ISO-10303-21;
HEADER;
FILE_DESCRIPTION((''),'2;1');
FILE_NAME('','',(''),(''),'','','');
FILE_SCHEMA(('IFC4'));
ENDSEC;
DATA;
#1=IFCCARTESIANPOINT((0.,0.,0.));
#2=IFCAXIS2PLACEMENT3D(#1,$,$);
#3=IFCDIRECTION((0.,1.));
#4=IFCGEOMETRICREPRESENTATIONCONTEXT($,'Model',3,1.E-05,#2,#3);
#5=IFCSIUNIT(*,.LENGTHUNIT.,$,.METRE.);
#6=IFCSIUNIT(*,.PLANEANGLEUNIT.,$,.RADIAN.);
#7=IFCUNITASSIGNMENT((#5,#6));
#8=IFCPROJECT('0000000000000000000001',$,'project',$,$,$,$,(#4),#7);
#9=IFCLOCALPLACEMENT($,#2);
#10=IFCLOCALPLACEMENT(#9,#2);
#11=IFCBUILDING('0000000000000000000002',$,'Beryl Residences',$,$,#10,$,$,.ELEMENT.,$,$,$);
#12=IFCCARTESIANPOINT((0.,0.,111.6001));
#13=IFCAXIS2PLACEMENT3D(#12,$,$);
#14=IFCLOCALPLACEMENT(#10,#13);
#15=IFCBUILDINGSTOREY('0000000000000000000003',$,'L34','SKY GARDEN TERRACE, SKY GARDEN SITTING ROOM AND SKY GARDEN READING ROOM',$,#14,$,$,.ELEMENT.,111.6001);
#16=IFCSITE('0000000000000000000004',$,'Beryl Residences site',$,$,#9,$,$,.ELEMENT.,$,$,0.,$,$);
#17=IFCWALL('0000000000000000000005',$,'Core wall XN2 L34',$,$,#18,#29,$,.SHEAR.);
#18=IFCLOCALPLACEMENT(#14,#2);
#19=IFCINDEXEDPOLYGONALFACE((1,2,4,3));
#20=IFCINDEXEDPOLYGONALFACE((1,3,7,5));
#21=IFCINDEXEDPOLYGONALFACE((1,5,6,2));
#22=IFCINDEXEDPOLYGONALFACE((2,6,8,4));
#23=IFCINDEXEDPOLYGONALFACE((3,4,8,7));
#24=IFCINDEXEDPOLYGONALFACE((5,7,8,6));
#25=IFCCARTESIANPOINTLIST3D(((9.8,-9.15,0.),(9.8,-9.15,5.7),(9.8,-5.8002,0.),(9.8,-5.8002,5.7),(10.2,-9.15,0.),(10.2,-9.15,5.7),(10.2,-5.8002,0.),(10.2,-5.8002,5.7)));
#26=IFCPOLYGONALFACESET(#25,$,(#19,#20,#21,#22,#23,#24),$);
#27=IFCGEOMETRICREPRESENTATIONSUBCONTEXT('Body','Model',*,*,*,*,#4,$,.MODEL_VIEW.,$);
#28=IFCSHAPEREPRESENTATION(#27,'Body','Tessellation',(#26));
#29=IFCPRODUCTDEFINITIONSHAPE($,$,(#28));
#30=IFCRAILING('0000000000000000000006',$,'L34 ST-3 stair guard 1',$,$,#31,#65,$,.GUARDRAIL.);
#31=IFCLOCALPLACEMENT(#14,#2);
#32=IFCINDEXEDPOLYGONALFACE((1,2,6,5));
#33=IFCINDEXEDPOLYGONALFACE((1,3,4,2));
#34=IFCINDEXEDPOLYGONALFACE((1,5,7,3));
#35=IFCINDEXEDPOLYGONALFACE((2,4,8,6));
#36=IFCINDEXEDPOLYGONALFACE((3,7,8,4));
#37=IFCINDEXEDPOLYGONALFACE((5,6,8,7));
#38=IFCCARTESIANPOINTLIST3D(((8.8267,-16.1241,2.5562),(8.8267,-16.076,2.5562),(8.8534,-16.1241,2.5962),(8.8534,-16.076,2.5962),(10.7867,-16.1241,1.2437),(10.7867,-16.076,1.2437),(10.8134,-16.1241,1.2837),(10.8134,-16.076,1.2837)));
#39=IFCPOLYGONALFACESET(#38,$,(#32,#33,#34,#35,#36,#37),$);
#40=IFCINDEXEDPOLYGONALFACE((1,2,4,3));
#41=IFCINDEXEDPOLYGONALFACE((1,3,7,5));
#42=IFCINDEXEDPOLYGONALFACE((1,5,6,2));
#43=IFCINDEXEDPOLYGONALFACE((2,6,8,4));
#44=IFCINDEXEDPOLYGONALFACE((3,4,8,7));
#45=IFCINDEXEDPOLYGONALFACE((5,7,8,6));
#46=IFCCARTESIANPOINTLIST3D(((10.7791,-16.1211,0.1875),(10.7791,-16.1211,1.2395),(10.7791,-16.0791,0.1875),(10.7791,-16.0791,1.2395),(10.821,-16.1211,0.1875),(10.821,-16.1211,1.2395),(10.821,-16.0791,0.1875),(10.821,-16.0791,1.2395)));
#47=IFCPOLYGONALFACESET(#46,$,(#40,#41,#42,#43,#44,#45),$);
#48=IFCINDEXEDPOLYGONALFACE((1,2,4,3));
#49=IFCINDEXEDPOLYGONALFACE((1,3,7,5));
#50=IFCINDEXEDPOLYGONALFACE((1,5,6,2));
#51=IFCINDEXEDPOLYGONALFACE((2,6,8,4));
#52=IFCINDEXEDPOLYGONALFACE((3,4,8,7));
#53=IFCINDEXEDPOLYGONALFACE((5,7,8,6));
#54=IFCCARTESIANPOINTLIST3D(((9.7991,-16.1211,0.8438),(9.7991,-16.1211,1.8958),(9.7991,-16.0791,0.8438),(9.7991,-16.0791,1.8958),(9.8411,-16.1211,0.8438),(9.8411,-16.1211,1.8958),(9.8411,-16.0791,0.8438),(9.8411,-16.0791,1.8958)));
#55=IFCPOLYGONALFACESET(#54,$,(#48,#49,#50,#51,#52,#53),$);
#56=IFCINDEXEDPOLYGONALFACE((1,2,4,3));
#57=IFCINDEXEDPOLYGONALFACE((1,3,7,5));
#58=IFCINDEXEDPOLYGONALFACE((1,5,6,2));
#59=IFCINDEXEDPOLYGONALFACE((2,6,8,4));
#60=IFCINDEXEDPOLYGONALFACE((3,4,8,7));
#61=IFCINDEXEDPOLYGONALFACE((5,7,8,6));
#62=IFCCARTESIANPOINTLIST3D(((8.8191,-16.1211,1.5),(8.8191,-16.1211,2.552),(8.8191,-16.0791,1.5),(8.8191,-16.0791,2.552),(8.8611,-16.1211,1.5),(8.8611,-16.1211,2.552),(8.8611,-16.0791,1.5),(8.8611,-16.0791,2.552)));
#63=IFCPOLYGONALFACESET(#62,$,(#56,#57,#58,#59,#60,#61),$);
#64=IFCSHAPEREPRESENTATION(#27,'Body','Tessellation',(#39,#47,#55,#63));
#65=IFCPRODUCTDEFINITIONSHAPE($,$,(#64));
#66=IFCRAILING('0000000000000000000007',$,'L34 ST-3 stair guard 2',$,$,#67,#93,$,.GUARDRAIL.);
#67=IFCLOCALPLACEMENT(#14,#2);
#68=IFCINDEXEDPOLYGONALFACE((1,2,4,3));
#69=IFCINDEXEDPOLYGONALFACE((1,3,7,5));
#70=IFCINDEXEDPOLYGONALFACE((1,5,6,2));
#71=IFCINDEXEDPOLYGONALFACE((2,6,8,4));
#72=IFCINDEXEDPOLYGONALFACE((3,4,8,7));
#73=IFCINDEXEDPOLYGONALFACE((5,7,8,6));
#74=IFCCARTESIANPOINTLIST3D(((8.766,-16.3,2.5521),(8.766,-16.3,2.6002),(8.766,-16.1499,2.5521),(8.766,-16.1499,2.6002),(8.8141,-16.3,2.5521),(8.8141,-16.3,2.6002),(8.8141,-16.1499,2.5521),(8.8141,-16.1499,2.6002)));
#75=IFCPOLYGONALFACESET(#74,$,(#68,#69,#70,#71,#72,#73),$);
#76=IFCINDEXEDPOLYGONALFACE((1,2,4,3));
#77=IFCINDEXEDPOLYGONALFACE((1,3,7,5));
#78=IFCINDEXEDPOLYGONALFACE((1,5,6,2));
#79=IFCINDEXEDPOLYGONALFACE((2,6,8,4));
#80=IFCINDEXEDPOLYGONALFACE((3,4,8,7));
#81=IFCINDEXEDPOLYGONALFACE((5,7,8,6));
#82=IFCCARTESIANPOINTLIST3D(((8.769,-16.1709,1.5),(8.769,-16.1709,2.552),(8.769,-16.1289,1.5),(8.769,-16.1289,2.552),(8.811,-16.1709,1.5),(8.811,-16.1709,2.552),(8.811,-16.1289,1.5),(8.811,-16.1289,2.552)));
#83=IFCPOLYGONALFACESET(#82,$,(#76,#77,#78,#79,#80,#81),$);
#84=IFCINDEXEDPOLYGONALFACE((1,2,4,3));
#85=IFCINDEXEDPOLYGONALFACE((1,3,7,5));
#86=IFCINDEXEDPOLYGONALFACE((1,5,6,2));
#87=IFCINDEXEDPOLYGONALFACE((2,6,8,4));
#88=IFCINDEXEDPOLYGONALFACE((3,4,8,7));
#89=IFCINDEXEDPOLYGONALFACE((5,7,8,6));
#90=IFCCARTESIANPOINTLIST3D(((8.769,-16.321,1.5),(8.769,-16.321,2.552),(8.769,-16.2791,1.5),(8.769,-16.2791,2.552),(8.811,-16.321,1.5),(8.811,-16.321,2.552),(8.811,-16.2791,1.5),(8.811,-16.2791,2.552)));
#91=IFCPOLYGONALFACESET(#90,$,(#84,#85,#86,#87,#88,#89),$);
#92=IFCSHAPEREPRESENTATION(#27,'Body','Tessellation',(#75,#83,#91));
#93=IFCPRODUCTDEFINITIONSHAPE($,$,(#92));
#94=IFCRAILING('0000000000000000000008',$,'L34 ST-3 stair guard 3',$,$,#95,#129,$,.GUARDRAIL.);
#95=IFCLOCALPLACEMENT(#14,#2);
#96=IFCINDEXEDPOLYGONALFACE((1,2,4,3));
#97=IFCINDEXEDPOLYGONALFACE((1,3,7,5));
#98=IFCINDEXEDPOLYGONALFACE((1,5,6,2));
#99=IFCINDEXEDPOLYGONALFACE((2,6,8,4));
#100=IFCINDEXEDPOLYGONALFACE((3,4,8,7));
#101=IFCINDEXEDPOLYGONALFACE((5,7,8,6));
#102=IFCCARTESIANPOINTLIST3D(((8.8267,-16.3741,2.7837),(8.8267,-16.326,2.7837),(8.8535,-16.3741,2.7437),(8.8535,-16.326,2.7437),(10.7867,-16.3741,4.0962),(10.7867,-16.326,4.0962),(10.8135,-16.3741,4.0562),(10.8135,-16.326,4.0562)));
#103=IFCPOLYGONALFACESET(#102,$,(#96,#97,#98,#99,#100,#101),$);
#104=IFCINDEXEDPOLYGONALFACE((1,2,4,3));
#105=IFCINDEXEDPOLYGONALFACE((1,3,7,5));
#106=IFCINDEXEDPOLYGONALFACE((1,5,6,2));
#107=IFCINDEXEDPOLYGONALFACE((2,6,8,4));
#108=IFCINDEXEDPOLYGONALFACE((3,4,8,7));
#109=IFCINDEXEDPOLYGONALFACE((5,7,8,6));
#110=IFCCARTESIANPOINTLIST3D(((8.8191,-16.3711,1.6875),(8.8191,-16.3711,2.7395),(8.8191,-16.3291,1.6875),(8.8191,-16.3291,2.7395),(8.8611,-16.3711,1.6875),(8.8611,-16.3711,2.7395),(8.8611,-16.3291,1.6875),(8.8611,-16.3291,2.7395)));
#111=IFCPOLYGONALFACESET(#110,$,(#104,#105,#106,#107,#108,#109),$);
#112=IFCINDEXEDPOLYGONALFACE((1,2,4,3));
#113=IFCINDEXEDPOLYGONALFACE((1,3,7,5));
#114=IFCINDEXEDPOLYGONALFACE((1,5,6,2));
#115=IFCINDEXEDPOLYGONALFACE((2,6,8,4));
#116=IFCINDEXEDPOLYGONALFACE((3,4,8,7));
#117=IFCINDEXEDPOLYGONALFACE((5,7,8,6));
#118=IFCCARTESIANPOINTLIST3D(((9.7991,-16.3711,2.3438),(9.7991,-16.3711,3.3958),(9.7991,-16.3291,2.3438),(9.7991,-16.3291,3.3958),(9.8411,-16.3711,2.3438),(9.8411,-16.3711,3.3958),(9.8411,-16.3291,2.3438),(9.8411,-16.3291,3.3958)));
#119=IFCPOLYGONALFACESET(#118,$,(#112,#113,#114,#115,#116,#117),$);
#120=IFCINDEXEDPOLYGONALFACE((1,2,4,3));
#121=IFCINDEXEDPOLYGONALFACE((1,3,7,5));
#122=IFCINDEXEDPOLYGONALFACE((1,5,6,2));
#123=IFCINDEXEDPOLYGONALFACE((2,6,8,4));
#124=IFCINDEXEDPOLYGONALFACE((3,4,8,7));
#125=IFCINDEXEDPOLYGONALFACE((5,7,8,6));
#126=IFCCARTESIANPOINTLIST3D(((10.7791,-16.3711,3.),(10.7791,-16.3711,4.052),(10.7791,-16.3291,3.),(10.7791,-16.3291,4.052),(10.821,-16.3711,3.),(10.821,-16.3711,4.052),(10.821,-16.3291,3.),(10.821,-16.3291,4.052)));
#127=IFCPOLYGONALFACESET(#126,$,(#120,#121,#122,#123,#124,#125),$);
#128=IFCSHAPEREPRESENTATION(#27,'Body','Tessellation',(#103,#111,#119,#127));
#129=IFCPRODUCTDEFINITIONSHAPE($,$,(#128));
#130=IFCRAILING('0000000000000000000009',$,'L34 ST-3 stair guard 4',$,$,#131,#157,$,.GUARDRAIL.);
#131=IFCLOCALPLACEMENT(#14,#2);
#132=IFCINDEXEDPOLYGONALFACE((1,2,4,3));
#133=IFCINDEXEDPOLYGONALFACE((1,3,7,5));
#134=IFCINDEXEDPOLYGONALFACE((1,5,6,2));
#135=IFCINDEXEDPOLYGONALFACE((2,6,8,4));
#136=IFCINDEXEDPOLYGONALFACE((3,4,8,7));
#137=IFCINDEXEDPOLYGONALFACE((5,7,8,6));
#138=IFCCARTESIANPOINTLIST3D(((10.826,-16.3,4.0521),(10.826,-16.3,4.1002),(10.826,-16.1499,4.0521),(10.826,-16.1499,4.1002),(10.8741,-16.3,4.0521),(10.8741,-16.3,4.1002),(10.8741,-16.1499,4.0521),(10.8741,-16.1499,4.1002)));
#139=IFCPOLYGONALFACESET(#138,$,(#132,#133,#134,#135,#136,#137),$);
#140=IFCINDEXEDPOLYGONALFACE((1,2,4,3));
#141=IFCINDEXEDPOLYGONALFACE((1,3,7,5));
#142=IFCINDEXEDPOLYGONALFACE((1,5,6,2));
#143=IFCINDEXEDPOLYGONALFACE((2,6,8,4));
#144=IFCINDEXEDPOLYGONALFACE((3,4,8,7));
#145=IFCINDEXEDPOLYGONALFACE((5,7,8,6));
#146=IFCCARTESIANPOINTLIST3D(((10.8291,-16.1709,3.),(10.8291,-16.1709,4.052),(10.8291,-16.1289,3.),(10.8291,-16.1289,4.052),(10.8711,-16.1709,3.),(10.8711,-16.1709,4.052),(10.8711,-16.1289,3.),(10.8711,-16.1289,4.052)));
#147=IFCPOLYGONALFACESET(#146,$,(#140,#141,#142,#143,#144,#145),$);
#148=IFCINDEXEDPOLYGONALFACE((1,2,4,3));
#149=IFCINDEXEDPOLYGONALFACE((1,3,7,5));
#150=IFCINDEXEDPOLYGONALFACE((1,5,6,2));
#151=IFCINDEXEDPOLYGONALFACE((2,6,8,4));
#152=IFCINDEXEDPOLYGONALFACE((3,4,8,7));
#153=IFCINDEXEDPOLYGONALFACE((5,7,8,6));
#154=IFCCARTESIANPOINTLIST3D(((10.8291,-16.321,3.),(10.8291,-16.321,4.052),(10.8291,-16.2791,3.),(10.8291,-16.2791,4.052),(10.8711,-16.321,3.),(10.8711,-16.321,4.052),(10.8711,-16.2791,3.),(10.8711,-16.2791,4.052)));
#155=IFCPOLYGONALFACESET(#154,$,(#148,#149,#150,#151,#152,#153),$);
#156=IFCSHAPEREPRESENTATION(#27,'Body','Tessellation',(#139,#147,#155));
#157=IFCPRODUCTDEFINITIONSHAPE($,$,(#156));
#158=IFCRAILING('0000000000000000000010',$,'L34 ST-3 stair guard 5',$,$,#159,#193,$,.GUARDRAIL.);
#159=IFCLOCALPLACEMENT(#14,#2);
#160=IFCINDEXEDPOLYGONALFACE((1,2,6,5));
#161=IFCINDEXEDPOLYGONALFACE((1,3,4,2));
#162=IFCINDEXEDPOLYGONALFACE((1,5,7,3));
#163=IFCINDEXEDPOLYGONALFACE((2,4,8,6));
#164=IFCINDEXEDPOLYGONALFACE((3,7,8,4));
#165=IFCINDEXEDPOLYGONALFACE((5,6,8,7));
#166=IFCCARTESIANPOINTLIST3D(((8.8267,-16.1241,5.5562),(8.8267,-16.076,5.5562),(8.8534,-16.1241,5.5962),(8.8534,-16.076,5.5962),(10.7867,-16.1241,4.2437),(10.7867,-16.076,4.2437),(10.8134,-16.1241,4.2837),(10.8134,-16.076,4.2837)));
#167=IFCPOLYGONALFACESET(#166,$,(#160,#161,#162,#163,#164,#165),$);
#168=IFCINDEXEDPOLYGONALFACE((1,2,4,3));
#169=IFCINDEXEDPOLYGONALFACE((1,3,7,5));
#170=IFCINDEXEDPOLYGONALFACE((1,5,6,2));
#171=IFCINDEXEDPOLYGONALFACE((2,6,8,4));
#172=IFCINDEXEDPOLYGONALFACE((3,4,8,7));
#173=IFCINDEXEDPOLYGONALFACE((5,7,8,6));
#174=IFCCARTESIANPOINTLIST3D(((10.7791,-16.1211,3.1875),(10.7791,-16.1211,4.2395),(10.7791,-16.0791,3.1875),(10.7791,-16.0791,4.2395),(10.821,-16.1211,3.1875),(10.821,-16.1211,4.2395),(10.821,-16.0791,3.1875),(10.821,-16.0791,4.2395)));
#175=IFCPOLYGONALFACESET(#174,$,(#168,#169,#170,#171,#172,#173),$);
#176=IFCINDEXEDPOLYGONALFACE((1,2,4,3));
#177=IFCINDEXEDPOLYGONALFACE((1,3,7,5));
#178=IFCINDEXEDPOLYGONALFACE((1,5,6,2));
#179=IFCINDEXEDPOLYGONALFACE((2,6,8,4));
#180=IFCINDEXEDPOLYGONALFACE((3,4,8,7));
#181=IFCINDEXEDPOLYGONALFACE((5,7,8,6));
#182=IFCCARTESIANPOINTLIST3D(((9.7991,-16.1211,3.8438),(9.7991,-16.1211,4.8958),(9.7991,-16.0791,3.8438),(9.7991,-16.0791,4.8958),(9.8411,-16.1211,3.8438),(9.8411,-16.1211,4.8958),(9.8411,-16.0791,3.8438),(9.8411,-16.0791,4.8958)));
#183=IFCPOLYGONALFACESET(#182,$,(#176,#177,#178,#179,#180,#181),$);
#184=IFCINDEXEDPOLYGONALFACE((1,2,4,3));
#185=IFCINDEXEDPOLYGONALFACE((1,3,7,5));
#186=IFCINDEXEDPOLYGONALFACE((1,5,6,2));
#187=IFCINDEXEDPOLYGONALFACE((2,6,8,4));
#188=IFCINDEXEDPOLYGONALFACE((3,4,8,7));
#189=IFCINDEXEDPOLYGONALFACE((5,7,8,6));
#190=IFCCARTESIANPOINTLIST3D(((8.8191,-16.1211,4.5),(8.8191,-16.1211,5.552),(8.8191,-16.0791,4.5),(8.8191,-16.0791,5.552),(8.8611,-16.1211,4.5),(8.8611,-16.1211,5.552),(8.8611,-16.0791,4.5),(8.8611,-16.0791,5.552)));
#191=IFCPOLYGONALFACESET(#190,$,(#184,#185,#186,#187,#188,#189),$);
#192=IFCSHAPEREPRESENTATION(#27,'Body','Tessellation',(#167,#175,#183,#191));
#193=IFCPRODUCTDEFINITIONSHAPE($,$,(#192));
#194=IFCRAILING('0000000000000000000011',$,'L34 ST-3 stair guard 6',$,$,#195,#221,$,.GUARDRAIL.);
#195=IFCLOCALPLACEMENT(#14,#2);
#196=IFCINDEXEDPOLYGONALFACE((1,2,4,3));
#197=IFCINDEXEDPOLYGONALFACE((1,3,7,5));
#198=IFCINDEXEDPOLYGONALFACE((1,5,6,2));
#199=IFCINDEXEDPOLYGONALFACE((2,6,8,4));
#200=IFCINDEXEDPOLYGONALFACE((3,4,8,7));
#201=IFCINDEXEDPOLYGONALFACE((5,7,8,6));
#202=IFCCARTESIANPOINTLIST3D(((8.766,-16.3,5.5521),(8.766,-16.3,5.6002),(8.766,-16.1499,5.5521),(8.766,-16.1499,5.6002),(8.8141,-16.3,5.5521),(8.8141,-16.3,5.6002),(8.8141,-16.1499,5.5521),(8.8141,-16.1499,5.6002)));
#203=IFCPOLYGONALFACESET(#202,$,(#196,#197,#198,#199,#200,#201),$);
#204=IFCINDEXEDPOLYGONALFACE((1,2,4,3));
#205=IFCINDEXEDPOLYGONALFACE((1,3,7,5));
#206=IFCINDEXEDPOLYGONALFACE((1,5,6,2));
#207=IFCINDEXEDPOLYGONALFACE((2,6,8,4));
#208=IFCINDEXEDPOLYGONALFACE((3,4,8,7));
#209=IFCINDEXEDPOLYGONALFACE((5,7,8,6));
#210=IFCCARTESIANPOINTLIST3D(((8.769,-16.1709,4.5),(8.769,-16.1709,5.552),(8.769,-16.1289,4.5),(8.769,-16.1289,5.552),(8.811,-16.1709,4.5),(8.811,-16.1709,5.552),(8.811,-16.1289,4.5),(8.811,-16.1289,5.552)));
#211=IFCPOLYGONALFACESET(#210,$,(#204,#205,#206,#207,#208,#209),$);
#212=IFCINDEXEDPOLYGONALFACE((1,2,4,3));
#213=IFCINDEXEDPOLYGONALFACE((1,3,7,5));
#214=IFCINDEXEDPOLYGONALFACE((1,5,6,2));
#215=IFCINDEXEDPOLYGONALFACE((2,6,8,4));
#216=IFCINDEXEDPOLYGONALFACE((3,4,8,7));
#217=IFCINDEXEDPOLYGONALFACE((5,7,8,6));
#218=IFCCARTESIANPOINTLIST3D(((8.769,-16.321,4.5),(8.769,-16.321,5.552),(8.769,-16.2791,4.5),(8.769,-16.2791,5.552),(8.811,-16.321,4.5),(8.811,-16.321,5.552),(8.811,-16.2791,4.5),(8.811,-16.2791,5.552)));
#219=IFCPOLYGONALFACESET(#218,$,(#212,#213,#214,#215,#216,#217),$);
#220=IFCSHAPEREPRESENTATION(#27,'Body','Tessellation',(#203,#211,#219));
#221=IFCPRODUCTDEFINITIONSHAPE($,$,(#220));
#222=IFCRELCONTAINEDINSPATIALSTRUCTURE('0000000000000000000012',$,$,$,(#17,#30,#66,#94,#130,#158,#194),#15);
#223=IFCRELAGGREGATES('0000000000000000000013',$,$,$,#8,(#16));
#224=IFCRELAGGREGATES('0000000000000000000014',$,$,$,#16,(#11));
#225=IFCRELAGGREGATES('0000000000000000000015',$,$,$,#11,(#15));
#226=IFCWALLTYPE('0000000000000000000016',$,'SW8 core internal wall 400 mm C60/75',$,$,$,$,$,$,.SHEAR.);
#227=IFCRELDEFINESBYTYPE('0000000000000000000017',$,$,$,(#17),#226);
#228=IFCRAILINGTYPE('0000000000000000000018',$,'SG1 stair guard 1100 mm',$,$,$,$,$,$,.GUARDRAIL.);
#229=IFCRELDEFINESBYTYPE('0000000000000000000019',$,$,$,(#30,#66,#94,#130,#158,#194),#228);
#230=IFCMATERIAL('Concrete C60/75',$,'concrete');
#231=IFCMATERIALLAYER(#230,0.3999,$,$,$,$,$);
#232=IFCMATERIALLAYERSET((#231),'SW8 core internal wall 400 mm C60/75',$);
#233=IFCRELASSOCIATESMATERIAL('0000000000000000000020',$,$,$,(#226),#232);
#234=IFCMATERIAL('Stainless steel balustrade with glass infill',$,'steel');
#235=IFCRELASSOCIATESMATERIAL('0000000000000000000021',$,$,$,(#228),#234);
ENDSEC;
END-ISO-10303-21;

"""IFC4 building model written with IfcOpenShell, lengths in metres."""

from ifc_helpers import new_model, si_unit, direction, frame, frame_2d, origin, origin_2d, place, context, subcontext, project, spatial, rectangle, extrude, material, layer, layer_set, type_object, element, save


model = new_model("IFC4")

# Units and contexts
model_context = context("Model", 3, precision=1e-05, world=origin(), true_north=direction((0.0, 1.0)))
body_context = subcontext(model_context, "Body", "Model", "MODEL_VIEW")
ifc_project = project(units=[si_unit("LENGTHUNIT", "METRE"), si_unit("PLANEANGLEUNIT", "RADIAN")], contexts=[model_context])

# Site, building, storey
site_placement = place(None, origin())
site = spatial("IfcSite", under=ifc_project, at=site_placement, Name="Beryl Residences site", CompositionType="ELEMENT", RefElevation=0.0)
building_placement = place(site_placement, origin())
building = spatial("IfcBuilding", under=site, at=building_placement, Name="Beryl Residences", CompositionType="ELEMENT")
storey_placement = place(building_placement, frame((0.0, 0.0, 111.6001)))
storey = spatial("IfcBuildingStorey", under=building, at=storey_placement, Name="L34", Description="SKY GARDEN TERRACE, SKY GARDEN SITTING ROOM AND SKY GARDEN READING ROOM", CompositionType="ELEMENT", Elevation=111.6001)

# Wall
ifc_material_1 = material(Name="Concrete C60/75", Category="concrete")
ifc_layer_1 = layer(ifc_material_1, 0.3999)
ifc_layer_set_1 = layer_set([ifc_layer_1], Name="SW8 core internal wall 400 mm C60/75")
wall_type_1 = type_object("IfcWallType", Name="SW8 core internal wall 400 mm C60/75", PredefinedType="SHEAR", material=ifc_layer_set_1)
wall_1_placement = place(storey_placement, frame((10.0, -9.1499, 0.0), z_axis=(0.0, 0.0, 1.0), x_axis=(0.0, 1.0, 0.0)))
element("IfcWall", 1, at=wall_1_placement, inside=storey, type_object=wall_type_1, Name="Core wall XN2 L34", PredefinedType="SHEAR", context=body_context, shape_type="SweptSolid", body=[
    extrude(rectangle(XDim=3.3499, YDim=0.3999, at=frame_2d((1.6748, 0.0))), origin(), (0.0, 0.0, 1.0), 5.7),
])

# Railings
ifc_material_2 = material(Name="Stainless steel balustrade with glass infill", Category="steel")
railing_type_1 = type_object("IfcRailingType", Name="SG1 stair guard 1100 mm", PredefinedType="GUARDRAIL", material=ifc_material_2)
railing_1_placement = place(storey_placement, frame((10.8, -16.1001, 0.1875)))
element("IfcRailing", 2, at=railing_1_placement, inside=storey, type_object=railing_type_1, Name="L34 ST-3 stair guard 1", PredefinedType="GUARDRAIL", context=body_context, shape_type="SweptSolid", body=[
    extrude(rectangle(XDim=0.0481, YDim=0.0481, at=origin_2d()), frame((0.0, 0.0, 1.0762), z_axis=(-0.830902, 0.0, 0.556419), x_axis=(0.0, -1.0, 0.0)), (0.0, 0.0, 1.0), 2.3589),
    extrude(rectangle(XDim=0.042, YDim=0.042, at=origin_2d()), origin(), (0.0, 0.0, 1.0), 1.052),
    extrude(rectangle(XDim=0.042, YDim=0.042, at=origin_2d()), frame((-0.98, 0.0, 0.6562)), (0.0, 0.0, 1.0), 1.052),
    extrude(rectangle(XDim=0.042, YDim=0.042, at=origin_2d()), frame((-1.96, 0.0, 1.3125)), (0.0, 0.0, 1.0), 1.052),
])
railing_2_placement = place(storey_placement, frame((8.79, -16.1499, 1.5)))
element("IfcRailing", 3, at=railing_2_placement, inside=storey, type_object=railing_type_1, Name="L34 ST-3 stair guard 2", PredefinedType="GUARDRAIL", context=body_context, shape_type="SweptSolid", body=[
    extrude(rectangle(XDim=0.0481, YDim=0.0481, at=origin_2d()), frame((0.0, 0.0, 1.0762), z_axis=(0.0, -1.0, 0.0), x_axis=(1.0, 0.0, 0.0)), (0.0, 0.0, 1.0), 0.1501),
    extrude(rectangle(XDim=0.042, YDim=0.042, at=origin_2d()), origin(), (0.0, 0.0, 1.0), 1.052),
    extrude(rectangle(XDim=0.042, YDim=0.042, at=origin_2d()), frame((0.0, -0.1501, 0.0)), (0.0, 0.0, 1.0), 1.052),
])
railing_3_placement = place(storey_placement, frame((8.8401, -16.3501, 1.6875)))
element("IfcRailing", 4, at=railing_3_placement, inside=storey, type_object=railing_type_1, Name="L34 ST-3 stair guard 3", PredefinedType="GUARDRAIL", context=body_context, shape_type="SweptSolid", body=[
    extrude(rectangle(XDim=0.0481, YDim=0.0481, at=origin_2d()), frame((0.0, 0.0, 1.0762), z_axis=(0.830902, 0.0, 0.556419), x_axis=(0.0, 1.0, 0.0)), (0.0, 0.0, 1.0), 2.3589),
    extrude(rectangle(XDim=0.042, YDim=0.042, at=origin_2d()), origin(), (0.0, 0.0, 1.0), 1.052),
    extrude(rectangle(XDim=0.042, YDim=0.042, at=origin_2d()), frame((0.98, 0.0, 0.6562)), (0.0, 0.0, 1.0), 1.052),
    extrude(rectangle(XDim=0.042, YDim=0.042, at=origin_2d()), frame((1.96, 0.0, 1.3125)), (0.0, 0.0, 1.0), 1.052),
])
railing_4_placement = place(storey_placement, frame((10.8501, -16.1499, 3.0)))
element("IfcRailing", 5, at=railing_4_placement, inside=storey, type_object=railing_type_1, Name="L34 ST-3 stair guard 4", PredefinedType="GUARDRAIL", context=body_context, shape_type="SweptSolid", body=[
    extrude(rectangle(XDim=0.0481, YDim=0.0481, at=origin_2d()), frame((0.0, 0.0, 1.0762), z_axis=(0.0, -1.0, 0.0), x_axis=(1.0, 0.0, 0.0)), (0.0, 0.0, 1.0), 0.1501),
    extrude(rectangle(XDim=0.042, YDim=0.042, at=origin_2d()), origin(), (0.0, 0.0, 1.0), 1.052),
    extrude(rectangle(XDim=0.042, YDim=0.042, at=origin_2d()), frame((0.0, -0.1501, 0.0)), (0.0, 0.0, 1.0), 1.052),
])
railing_5_placement = place(storey_placement, frame((10.8, -16.1001, 3.1875)))
element("IfcRailing", 6, at=railing_5_placement, inside=storey, type_object=railing_type_1, Name="L34 ST-3 stair guard 5", PredefinedType="GUARDRAIL", context=body_context, shape_type="SweptSolid", body=[
    extrude(rectangle(XDim=0.0481, YDim=0.0481, at=origin_2d()), frame((0.0, 0.0, 1.0762), z_axis=(-0.830902, 0.0, 0.556419), x_axis=(0.0, -1.0, 0.0)), (0.0, 0.0, 1.0), 2.3589),
    extrude(rectangle(XDim=0.042, YDim=0.042, at=origin_2d()), origin(), (0.0, 0.0, 1.0), 1.052),
    extrude(rectangle(XDim=0.042, YDim=0.042, at=origin_2d()), frame((-0.98, 0.0, 0.6562)), (0.0, 0.0, 1.0), 1.052),
    extrude(rectangle(XDim=0.042, YDim=0.042, at=origin_2d()), frame((-1.96, 0.0, 1.3125)), (0.0, 0.0, 1.0), 1.052),
])
railing_6_placement = place(storey_placement, frame((8.79, -16.1499, 4.5)))
element("IfcRailing", 7, at=railing_6_placement, inside=storey, type_object=railing_type_1, Name="L34 ST-3 stair guard 6", PredefinedType="GUARDRAIL", context=body_context, shape_type="SweptSolid", body=[
    extrude(rectangle(XDim=0.0481, YDim=0.0481, at=origin_2d()), frame((0.0, 0.0, 1.0762), z_axis=(0.0, -1.0, 0.0), x_axis=(1.0, 0.0, 0.0)), (0.0, 0.0, 1.0), 0.1501),
    extrude(rectangle(XDim=0.042, YDim=0.042, at=origin_2d()), origin(), (0.0, 0.0, 1.0), 1.052),
    extrude(rectangle(XDim=0.042, YDim=0.042, at=origin_2d()), frame((0.0, -0.1501, 0.0)), (0.0, 0.0, 1.0), 1.052),
])

save(model, "model.ifc")
